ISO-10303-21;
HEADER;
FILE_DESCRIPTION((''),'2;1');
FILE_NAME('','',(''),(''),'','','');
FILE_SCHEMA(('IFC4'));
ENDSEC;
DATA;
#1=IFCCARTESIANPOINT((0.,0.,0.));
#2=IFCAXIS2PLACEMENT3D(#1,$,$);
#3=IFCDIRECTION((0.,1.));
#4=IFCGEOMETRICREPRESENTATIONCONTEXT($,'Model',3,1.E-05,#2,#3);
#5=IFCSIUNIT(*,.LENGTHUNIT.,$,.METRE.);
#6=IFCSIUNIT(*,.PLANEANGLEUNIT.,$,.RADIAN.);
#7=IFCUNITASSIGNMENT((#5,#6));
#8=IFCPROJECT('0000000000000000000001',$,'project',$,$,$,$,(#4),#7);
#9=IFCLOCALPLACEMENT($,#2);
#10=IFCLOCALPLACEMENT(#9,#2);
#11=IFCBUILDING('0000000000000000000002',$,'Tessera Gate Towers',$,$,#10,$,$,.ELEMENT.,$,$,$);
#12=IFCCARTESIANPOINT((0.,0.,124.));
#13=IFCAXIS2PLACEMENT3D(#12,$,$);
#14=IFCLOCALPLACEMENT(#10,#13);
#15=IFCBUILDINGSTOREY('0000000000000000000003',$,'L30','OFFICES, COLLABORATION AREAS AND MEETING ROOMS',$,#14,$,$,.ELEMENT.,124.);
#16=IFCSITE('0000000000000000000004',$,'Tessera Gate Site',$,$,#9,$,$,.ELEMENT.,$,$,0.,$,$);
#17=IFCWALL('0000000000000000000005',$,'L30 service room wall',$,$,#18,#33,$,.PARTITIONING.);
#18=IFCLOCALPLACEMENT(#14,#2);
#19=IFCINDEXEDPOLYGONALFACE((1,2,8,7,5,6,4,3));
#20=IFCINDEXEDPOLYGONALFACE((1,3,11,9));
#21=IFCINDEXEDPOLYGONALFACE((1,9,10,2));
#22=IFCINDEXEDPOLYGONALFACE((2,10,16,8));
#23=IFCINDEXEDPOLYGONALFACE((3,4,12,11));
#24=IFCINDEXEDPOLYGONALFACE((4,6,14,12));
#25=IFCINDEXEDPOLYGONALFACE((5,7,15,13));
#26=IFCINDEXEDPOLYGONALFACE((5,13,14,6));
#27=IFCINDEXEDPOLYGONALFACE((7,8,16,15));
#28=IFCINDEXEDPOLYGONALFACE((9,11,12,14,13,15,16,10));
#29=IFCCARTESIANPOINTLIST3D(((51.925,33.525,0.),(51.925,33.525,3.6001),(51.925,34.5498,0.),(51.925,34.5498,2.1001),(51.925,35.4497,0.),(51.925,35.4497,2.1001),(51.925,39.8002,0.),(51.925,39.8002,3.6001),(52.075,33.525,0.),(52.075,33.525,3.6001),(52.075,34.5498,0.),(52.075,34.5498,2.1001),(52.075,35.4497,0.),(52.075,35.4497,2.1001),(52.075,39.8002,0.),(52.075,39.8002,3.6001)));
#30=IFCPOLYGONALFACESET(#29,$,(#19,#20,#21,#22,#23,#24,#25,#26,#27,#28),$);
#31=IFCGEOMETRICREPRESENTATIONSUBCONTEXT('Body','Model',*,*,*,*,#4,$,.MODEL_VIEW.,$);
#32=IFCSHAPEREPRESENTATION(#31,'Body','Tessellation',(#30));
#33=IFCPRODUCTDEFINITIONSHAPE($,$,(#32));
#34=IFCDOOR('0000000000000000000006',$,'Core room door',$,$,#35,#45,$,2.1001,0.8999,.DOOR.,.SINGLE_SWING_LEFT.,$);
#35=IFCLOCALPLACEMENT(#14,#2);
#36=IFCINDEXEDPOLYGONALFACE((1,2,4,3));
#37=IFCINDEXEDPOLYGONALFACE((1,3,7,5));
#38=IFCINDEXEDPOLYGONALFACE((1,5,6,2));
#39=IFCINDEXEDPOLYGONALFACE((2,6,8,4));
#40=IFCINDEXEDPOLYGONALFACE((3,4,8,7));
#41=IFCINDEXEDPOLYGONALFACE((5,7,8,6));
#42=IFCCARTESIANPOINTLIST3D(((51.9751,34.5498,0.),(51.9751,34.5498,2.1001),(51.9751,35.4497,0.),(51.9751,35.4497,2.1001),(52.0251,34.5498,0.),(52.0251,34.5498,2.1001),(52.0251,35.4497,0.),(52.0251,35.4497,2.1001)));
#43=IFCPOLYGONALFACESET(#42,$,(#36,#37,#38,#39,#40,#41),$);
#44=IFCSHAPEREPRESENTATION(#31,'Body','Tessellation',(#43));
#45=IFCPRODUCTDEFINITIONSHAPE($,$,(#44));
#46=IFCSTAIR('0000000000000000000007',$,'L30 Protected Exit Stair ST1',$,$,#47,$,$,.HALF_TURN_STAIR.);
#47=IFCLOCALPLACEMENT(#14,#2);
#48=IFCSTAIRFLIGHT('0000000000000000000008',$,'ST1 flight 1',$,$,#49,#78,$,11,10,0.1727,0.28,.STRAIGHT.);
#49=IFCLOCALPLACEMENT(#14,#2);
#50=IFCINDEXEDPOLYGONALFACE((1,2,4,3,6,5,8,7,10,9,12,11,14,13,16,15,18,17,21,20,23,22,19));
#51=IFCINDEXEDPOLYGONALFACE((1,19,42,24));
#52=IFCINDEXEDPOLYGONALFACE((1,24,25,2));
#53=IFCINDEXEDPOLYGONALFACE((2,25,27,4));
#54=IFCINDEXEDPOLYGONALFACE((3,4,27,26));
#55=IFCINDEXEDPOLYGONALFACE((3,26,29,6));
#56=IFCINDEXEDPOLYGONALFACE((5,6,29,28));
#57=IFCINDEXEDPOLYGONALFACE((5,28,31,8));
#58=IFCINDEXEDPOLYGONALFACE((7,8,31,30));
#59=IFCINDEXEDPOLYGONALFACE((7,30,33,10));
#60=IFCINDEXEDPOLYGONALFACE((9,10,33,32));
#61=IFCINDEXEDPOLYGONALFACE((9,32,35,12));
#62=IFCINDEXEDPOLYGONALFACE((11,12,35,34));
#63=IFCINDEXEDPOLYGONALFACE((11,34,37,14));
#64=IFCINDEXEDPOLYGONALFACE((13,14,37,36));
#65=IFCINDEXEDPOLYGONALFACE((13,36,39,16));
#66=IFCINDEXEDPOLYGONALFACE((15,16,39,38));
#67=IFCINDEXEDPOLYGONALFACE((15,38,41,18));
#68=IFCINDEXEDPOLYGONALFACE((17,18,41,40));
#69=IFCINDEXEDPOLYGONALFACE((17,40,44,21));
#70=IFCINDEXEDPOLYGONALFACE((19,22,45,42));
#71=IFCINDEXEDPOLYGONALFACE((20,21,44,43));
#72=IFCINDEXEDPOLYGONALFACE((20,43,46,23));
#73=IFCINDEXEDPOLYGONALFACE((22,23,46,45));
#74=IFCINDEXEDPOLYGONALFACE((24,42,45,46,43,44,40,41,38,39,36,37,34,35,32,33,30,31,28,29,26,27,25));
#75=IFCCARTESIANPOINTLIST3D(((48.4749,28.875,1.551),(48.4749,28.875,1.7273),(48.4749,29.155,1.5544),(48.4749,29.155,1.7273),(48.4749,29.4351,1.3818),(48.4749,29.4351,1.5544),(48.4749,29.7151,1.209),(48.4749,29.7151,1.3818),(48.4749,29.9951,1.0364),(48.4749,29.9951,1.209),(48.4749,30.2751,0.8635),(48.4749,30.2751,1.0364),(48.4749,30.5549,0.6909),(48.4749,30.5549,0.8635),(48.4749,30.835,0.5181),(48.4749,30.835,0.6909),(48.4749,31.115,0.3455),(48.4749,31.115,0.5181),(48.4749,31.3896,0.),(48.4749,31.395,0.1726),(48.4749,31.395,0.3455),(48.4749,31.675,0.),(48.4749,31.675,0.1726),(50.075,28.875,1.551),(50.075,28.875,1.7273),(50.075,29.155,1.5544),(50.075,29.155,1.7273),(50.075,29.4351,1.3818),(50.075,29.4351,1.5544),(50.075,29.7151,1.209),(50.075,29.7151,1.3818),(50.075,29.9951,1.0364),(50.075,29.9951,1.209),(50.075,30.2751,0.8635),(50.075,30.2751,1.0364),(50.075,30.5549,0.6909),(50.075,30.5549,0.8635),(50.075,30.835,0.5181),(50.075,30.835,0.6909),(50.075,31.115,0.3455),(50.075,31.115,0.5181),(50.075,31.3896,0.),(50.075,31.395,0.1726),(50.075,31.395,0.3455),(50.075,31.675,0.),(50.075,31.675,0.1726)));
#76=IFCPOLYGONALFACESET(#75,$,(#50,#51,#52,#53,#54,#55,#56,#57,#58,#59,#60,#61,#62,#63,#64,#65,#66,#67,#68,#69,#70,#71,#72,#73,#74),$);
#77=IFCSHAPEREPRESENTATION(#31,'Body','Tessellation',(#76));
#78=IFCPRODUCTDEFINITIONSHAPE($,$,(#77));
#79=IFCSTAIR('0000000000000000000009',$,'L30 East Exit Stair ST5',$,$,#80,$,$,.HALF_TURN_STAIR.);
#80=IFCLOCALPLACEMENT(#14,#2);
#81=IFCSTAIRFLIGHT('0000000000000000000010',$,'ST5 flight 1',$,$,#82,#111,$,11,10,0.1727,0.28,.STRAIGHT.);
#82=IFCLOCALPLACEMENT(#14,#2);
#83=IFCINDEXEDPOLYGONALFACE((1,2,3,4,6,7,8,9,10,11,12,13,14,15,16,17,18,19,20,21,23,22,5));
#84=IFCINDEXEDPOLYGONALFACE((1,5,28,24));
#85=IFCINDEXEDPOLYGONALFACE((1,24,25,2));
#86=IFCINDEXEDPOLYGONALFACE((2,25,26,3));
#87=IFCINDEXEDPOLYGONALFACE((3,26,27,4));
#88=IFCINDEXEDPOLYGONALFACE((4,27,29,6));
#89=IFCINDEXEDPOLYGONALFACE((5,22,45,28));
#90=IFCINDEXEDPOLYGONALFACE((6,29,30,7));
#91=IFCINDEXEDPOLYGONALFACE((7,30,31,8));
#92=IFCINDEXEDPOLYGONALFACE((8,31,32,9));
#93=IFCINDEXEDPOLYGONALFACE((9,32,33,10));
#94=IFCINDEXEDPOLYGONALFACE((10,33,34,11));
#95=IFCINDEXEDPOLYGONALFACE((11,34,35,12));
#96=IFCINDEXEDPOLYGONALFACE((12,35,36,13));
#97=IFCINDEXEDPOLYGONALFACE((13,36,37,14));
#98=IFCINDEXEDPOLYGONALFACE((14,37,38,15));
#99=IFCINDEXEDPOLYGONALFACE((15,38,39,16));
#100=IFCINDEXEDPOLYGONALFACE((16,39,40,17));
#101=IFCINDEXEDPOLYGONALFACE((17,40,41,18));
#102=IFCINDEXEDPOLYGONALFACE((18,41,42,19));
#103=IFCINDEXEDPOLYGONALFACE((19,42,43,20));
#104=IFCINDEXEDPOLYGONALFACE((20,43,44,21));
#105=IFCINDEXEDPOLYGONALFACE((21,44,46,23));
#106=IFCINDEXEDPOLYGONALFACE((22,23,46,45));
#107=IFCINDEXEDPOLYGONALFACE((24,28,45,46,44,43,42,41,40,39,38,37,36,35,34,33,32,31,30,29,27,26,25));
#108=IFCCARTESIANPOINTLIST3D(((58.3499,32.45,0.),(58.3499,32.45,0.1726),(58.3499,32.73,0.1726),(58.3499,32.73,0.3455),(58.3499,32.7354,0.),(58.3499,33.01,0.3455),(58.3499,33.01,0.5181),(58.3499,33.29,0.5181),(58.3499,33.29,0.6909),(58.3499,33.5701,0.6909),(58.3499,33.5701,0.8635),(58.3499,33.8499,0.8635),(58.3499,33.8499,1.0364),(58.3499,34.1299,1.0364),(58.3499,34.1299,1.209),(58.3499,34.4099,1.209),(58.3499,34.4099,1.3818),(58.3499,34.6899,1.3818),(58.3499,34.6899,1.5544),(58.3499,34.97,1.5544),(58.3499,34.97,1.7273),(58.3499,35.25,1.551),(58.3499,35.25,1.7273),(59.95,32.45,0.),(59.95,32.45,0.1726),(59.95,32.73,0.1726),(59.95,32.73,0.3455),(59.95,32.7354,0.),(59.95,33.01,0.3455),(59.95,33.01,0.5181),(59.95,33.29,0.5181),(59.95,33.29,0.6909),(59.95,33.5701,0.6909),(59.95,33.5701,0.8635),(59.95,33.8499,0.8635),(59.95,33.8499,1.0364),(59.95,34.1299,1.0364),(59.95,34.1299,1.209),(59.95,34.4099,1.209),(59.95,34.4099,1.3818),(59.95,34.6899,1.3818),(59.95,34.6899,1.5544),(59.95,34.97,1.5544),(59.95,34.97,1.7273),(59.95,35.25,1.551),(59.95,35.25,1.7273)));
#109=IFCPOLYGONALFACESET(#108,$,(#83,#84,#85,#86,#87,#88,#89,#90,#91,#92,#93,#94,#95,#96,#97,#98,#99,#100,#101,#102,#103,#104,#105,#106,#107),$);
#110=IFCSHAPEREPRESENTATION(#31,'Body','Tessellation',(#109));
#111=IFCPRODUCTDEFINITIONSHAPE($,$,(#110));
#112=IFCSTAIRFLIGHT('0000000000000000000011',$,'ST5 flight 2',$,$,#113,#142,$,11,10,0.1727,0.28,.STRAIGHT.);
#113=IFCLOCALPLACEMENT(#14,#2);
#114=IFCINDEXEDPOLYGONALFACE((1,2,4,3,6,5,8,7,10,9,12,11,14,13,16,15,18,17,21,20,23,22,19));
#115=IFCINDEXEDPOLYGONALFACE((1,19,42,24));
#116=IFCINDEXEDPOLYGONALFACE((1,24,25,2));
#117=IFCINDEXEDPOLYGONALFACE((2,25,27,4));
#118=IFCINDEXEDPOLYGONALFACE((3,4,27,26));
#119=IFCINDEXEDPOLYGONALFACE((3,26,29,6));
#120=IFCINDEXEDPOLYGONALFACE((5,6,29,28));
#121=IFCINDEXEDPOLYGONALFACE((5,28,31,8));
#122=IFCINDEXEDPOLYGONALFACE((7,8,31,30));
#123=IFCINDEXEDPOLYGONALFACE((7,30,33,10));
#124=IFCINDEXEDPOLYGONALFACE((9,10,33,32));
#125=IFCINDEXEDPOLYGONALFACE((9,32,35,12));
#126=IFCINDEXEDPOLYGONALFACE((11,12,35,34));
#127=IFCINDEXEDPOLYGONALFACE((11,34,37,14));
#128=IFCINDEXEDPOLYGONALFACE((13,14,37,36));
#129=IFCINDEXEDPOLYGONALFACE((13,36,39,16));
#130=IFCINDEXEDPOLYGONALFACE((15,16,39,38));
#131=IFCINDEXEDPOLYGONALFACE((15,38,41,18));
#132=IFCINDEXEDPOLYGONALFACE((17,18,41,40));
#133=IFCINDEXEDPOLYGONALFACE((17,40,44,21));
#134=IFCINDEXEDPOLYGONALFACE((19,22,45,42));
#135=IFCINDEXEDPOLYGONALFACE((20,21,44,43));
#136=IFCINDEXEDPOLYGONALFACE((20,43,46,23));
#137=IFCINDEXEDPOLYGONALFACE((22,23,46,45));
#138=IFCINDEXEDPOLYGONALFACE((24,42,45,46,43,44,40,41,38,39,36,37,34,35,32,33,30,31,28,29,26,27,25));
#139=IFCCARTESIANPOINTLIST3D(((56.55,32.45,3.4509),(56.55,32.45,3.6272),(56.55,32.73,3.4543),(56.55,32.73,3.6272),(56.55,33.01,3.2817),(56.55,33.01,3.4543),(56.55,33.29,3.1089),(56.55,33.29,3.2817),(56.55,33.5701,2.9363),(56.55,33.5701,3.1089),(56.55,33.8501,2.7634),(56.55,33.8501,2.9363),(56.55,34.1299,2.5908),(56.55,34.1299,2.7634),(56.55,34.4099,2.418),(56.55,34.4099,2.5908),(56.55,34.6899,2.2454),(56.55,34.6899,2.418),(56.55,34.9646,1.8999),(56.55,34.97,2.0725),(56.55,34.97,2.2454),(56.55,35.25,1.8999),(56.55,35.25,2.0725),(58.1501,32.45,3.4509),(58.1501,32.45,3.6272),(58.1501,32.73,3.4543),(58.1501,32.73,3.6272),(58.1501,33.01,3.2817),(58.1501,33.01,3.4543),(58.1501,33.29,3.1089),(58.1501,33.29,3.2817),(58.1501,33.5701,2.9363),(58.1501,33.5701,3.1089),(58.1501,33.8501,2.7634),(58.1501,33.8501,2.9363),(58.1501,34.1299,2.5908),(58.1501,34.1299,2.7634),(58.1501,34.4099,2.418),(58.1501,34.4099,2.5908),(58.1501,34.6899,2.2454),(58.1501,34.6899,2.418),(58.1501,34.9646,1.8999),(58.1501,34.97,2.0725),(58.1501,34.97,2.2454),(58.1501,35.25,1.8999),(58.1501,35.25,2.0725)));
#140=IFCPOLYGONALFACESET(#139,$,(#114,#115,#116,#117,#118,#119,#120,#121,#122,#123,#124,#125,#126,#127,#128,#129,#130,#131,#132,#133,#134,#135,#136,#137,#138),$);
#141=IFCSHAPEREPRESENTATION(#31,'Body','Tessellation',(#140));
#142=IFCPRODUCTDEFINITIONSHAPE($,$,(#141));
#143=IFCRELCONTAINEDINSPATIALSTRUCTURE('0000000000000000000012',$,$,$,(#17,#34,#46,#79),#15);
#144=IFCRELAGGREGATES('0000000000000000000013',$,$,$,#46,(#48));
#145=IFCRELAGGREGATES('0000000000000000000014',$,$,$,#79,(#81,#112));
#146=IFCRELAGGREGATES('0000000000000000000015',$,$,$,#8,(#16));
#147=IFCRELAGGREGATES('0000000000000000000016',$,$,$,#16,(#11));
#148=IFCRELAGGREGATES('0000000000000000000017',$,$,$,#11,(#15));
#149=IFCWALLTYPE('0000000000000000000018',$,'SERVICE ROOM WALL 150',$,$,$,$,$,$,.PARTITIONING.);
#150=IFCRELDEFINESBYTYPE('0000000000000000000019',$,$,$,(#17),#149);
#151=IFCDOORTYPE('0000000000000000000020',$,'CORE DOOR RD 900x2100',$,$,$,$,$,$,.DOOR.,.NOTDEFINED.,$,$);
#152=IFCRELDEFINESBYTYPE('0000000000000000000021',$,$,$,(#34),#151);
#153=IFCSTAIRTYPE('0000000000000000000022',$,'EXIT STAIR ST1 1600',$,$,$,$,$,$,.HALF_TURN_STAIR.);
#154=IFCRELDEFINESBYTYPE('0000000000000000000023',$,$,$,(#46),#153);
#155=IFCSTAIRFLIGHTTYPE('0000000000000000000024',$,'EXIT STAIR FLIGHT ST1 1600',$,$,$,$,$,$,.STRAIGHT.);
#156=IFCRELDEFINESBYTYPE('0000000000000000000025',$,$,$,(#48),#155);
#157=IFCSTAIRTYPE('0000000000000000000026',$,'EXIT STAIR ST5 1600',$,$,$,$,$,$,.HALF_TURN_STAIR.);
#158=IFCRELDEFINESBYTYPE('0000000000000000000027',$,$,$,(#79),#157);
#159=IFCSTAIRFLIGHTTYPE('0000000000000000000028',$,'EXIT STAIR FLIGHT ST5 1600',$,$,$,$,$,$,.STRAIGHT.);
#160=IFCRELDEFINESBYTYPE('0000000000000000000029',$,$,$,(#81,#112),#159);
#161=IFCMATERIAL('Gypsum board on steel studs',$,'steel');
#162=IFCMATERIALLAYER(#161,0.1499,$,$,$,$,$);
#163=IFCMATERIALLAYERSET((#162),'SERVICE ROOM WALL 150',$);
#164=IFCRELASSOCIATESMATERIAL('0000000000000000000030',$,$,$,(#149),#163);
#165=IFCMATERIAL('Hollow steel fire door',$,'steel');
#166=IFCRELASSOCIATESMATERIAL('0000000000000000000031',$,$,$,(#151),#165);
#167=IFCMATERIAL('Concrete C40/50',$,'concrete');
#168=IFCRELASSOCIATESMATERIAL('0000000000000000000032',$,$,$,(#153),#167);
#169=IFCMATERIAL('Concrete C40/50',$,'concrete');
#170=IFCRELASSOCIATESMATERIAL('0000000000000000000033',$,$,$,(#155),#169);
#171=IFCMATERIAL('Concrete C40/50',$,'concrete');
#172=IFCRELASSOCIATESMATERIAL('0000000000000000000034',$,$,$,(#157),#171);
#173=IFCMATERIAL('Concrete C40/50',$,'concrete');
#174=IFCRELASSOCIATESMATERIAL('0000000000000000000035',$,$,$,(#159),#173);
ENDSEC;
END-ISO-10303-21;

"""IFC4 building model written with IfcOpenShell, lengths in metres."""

from ifc_helpers import new_model, si_unit, direction, frame, frame_2d, origin, place, context, subcontext, project, spatial, polyline, rectangle, outline, extrude, source, transform, mapped, material, layer, layer_set, type_object, element, fill, aggregate, save


model = new_model("IFC4")

# Units and contexts
model_context = context("Model", 3, precision=1e-05, world=origin(), true_north=direction((0.0, 1.0)))
body_context = subcontext(model_context, "Body", "Model", "MODEL_VIEW")
ifc_project = project(units=[si_unit("LENGTHUNIT", "METRE"), si_unit("PLANEANGLEUNIT", "RADIAN")], contexts=[model_context])

# Site, building, storey
site_placement = place(None, origin())
site = spatial("IfcSite", under=ifc_project, at=site_placement, Name="Tessera Gate Site", CompositionType="ELEMENT", RefElevation=0.0)
building_placement = place(site_placement, origin())
building = spatial("IfcBuilding", under=site, at=building_placement, Name="Tessera Gate Towers", CompositionType="ELEMENT")
storey_placement = place(building_placement, frame((0.0, 0.0, 124.0)))
storey = spatial("IfcBuildingStorey", under=building, at=storey_placement, Name="L30", Description="OFFICES, COLLABORATION AREAS AND MEETING ROOMS", CompositionType="ELEMENT", Elevation=124.0)

# Wall, opening, door
shared_shape_1 = source(origin(), body_context, "Body", "SweptSolid", [
    extrude(rectangle(XDim=0.8999, YDim=2.1001, at=frame_2d((0.45, 1.05))), frame((0.0, 0.085, 0.0), z_axis=(0.0, -1.0, 0.0), x_axis=(1.0, 0.0, 0.0)), (0.0, 0.0, 1.0), 0.1699),
])
shared_shape_2 = source(origin(), body_context, "Body", "SweptSolid", [
    extrude(rectangle(XDim=0.8999, YDim=2.1001, at=frame_2d((0.45, 1.05))), frame((0.0, 0.0249, 0.0), z_axis=(0.0, -1.0, 0.0), x_axis=(1.0, 0.0, 0.0)), (0.0, 0.0, 1.0), 0.05),
])
ifc_material_1 = material(Name="Gypsum board on steel studs", Category="steel")
ifc_layer_1 = layer(ifc_material_1, 0.1499)
ifc_layer_set_1 = layer_set([ifc_layer_1], Name="SERVICE ROOM WALL 150")
wall_type_1 = type_object("IfcWallType", Name="SERVICE ROOM WALL 150", PredefinedType="PARTITIONING", material=ifc_layer_set_1)
wall_1_placement = place(storey_placement, frame((52.0, 33.5249, 0.0), z_axis=(0.0, 0.0, 1.0), x_axis=(0.0, 1.0, 0.0)))
wall_1 = element("IfcWall", 1, at=wall_1_placement, inside=storey, type_object=wall_type_1, Name="L30 service room wall", PredefinedType="PARTITIONING", context=body_context, shape_type="SweptSolid", body=[
    extrude(rectangle(XDim=6.2751, YDim=0.1499, at=frame_2d((3.1377, 0.0))), origin(), (0.0, 0.0, 1.0), 3.6001),
])
opening_1_placement = place(wall_1_placement, frame((1.0249, 0.0, 0.0)))
opening_1 = element("IfcOpeningElement", 2, at=opening_1_placement, cuts=wall_1, PredefinedType="OPENING", context=body_context, shape_type="MappedRepresentation", body=[
    mapped(shared_shape_1, transform((0.0, 0.0, 0.0), scale=1.0)),
])
ifc_material_2 = material(Name="Hollow steel fire door", Category="steel")
door_type_1 = type_object("IfcDoorType", Name="CORE DOOR RD 900x2100", OperationType="NOTDEFINED", PredefinedType="DOOR", material=ifc_material_2)
door_1_placement = place(opening_1_placement, origin())
door_1 = element("IfcDoor", 3, at=door_1_placement, inside=storey, type_object=door_type_1, Name="Core room door", OperationType="SINGLE_SWING_LEFT", OverallHeight=2.1001, OverallWidth=0.8999, PredefinedType="DOOR", context=body_context, shape_type="MappedRepresentation", body=[
    mapped(shared_shape_2, transform((0.0, 0.0, 0.0), scale=1.0)),
])
fill(opening_1, door_1)

# Stair, stair flight
ifc_material_3 = material(Name="Concrete C40/50", Category="concrete")
stair_type_1 = type_object("IfcStairType", Name="EXIT STAIR ST1 1600", PredefinedType="HALF_TURN_STAIR", material=ifc_material_3)
stair_1_placement = place(storey_placement, origin())
stair_1 = element("IfcStair", 4, at=stair_1_placement, inside=storey, type_object=stair_type_1, Name="L30 Protected Exit Stair ST1", PredefinedType="HALF_TURN_STAIR")
ifc_material_4 = material(Name="Concrete C40/50", Category="concrete")
stair_flight_type_1 = type_object("IfcStairFlightType", Name="EXIT STAIR FLIGHT ST1 1600", PredefinedType="STRAIGHT", material=ifc_material_4)
stair_flight_1_placement = place(storey_placement, frame((49.2749, 31.675, 0.0), z_axis=(0.0, 0.0, 1.0), x_axis=(0.0, -1.0, 0.0)))
stair_flight_1 = element("IfcStairFlight", 5, at=stair_flight_1_placement, type_object=stair_flight_type_1, Name="ST1 flight 1", NumberOfRisers=11, NumberOfTreads=10, PredefinedType="STRAIGHT", RiserHeight=0.1727, TreadLength=0.28, context=body_context, shape_type="SweptSolid", body=[
    extrude(outline(polyline([(0.0, 0.0), (0.0, 0.1726), (0.28, 0.1726), (0.28, 0.3455), (0.5601, 0.3455), (0.5601, 0.5181), (0.8401, 0.5181), (0.8401, 0.6909), (1.1201, 0.6909), (1.1201, 0.8635), (1.3999, 0.8635), (1.3999, 1.0364), (1.6799, 1.0364), (1.6799, 1.209), (1.96, 1.209), (1.96, 1.3818), (2.24, 1.3818), (2.24, 1.5544), (2.52, 1.5544), (2.52, 1.7273), (2.8, 1.7273), (2.8, 1.8999), (2.8, 1.551), (0.2854, 0.0), (0.0, 0.0)])), frame((0.0, 0.8, 0.0), z_axis=(0.0, -1.0, 0.0), x_axis=(1.0, 0.0, 0.0)), (0.0, 0.0, 1.0), 1.6001),
])
aggregate(stair_1, [stair_flight_1])

# Stair, stair flights
ifc_material_5 = material(Name="Concrete C40/50", Category="concrete")
stair_type_2 = type_object("IfcStairType", Name="EXIT STAIR ST5 1600", PredefinedType="HALF_TURN_STAIR", material=ifc_material_5)
stair_2_placement = place(storey_placement, origin())
stair_2 = element("IfcStair", 6, at=stair_2_placement, inside=storey, type_object=stair_type_2, Name="L30 East Exit Stair ST5", PredefinedType="HALF_TURN_STAIR")
ifc_material_6 = material(Name="Concrete C40/50", Category="concrete")
stair_flight_type_2 = type_object("IfcStairFlightType", Name="EXIT STAIR FLIGHT ST5 1600", PredefinedType="STRAIGHT", material=ifc_material_6)
stair_flight_2_placement = place(storey_placement, frame((59.1499, 32.45, 0.0), z_axis=(0.0, 0.0, 1.0), x_axis=(0.0, 1.0, 0.0)))
stair_flight_2 = element("IfcStairFlight", 7, at=stair_flight_2_placement, type_object=stair_flight_type_2, Name="ST5 flight 1", NumberOfRisers=11, NumberOfTreads=10, PredefinedType="STRAIGHT", RiserHeight=0.1727, TreadLength=0.28, context=body_context, shape_type="SweptSolid", body=[
    extrude(outline(polyline([(0.0, 0.0), (0.0, 0.1726), (0.28, 0.1726), (0.28, 0.3455), (0.5601, 0.3455), (0.5601, 0.5181), (0.8401, 0.5181), (0.8401, 0.6909), (1.1201, 0.6909), (1.1201, 0.8635), (1.3999, 0.8635), (1.3999, 1.0364), (1.6799, 1.0364), (1.6799, 1.209), (1.96, 1.209), (1.96, 1.3818), (2.24, 1.3818), (2.24, 1.5544), (2.52, 1.5544), (2.52, 1.7273), (2.8, 1.7273), (2.8, 1.8999), (2.8, 1.551), (0.2854, 0.0), (0.0, 0.0)])), frame((0.0, 0.8, 0.0), z_axis=(0.0, -1.0, 0.0), x_axis=(1.0, 0.0, 0.0)), (0.0, 0.0, 1.0), 1.6001),
])
stair_flight_3_placement = place(storey_placement, frame((57.3501, 35.25, 1.8999), z_axis=(0.0, 0.0, 1.0), x_axis=(0.0, -1.0, 0.0)))
stair_flight_3 = element("IfcStairFlight", 8, at=stair_flight_3_placement, type_object=stair_flight_type_2, Name="ST5 flight 2", NumberOfRisers=11, NumberOfTreads=10, PredefinedType="STRAIGHT", RiserHeight=0.1727, TreadLength=0.28, context=body_context, shape_type="SweptSolid", body=[
    extrude(outline(polyline([(0.0, 0.0), (0.0, 0.1726), (0.28, 0.1726), (0.28, 0.3455), (0.5601, 0.3455), (0.5601, 0.5181), (0.8401, 0.5181), (0.8401, 0.6909), (1.1201, 0.6909), (1.1201, 0.8635), (1.3999, 0.8635), (1.3999, 1.0364), (1.6799, 1.0364), (1.6799, 1.209), (1.96, 1.209), (1.96, 1.3818), (2.24, 1.3818), (2.24, 1.5544), (2.52, 1.5544), (2.52, 1.7273), (2.8, 1.7273), (2.8, 1.8999), (2.8, 1.551), (0.2854, 0.0), (0.0, 0.0)])), frame((0.0, 0.8, 0.0), z_axis=(0.0, -1.0, 0.0), x_axis=(1.0, 0.0, 0.0)), (0.0, 0.0, 1.0), 1.6001),
])
aggregate(stair_2, [stair_flight_2, stair_flight_3])

save(model, "model.ifc")
